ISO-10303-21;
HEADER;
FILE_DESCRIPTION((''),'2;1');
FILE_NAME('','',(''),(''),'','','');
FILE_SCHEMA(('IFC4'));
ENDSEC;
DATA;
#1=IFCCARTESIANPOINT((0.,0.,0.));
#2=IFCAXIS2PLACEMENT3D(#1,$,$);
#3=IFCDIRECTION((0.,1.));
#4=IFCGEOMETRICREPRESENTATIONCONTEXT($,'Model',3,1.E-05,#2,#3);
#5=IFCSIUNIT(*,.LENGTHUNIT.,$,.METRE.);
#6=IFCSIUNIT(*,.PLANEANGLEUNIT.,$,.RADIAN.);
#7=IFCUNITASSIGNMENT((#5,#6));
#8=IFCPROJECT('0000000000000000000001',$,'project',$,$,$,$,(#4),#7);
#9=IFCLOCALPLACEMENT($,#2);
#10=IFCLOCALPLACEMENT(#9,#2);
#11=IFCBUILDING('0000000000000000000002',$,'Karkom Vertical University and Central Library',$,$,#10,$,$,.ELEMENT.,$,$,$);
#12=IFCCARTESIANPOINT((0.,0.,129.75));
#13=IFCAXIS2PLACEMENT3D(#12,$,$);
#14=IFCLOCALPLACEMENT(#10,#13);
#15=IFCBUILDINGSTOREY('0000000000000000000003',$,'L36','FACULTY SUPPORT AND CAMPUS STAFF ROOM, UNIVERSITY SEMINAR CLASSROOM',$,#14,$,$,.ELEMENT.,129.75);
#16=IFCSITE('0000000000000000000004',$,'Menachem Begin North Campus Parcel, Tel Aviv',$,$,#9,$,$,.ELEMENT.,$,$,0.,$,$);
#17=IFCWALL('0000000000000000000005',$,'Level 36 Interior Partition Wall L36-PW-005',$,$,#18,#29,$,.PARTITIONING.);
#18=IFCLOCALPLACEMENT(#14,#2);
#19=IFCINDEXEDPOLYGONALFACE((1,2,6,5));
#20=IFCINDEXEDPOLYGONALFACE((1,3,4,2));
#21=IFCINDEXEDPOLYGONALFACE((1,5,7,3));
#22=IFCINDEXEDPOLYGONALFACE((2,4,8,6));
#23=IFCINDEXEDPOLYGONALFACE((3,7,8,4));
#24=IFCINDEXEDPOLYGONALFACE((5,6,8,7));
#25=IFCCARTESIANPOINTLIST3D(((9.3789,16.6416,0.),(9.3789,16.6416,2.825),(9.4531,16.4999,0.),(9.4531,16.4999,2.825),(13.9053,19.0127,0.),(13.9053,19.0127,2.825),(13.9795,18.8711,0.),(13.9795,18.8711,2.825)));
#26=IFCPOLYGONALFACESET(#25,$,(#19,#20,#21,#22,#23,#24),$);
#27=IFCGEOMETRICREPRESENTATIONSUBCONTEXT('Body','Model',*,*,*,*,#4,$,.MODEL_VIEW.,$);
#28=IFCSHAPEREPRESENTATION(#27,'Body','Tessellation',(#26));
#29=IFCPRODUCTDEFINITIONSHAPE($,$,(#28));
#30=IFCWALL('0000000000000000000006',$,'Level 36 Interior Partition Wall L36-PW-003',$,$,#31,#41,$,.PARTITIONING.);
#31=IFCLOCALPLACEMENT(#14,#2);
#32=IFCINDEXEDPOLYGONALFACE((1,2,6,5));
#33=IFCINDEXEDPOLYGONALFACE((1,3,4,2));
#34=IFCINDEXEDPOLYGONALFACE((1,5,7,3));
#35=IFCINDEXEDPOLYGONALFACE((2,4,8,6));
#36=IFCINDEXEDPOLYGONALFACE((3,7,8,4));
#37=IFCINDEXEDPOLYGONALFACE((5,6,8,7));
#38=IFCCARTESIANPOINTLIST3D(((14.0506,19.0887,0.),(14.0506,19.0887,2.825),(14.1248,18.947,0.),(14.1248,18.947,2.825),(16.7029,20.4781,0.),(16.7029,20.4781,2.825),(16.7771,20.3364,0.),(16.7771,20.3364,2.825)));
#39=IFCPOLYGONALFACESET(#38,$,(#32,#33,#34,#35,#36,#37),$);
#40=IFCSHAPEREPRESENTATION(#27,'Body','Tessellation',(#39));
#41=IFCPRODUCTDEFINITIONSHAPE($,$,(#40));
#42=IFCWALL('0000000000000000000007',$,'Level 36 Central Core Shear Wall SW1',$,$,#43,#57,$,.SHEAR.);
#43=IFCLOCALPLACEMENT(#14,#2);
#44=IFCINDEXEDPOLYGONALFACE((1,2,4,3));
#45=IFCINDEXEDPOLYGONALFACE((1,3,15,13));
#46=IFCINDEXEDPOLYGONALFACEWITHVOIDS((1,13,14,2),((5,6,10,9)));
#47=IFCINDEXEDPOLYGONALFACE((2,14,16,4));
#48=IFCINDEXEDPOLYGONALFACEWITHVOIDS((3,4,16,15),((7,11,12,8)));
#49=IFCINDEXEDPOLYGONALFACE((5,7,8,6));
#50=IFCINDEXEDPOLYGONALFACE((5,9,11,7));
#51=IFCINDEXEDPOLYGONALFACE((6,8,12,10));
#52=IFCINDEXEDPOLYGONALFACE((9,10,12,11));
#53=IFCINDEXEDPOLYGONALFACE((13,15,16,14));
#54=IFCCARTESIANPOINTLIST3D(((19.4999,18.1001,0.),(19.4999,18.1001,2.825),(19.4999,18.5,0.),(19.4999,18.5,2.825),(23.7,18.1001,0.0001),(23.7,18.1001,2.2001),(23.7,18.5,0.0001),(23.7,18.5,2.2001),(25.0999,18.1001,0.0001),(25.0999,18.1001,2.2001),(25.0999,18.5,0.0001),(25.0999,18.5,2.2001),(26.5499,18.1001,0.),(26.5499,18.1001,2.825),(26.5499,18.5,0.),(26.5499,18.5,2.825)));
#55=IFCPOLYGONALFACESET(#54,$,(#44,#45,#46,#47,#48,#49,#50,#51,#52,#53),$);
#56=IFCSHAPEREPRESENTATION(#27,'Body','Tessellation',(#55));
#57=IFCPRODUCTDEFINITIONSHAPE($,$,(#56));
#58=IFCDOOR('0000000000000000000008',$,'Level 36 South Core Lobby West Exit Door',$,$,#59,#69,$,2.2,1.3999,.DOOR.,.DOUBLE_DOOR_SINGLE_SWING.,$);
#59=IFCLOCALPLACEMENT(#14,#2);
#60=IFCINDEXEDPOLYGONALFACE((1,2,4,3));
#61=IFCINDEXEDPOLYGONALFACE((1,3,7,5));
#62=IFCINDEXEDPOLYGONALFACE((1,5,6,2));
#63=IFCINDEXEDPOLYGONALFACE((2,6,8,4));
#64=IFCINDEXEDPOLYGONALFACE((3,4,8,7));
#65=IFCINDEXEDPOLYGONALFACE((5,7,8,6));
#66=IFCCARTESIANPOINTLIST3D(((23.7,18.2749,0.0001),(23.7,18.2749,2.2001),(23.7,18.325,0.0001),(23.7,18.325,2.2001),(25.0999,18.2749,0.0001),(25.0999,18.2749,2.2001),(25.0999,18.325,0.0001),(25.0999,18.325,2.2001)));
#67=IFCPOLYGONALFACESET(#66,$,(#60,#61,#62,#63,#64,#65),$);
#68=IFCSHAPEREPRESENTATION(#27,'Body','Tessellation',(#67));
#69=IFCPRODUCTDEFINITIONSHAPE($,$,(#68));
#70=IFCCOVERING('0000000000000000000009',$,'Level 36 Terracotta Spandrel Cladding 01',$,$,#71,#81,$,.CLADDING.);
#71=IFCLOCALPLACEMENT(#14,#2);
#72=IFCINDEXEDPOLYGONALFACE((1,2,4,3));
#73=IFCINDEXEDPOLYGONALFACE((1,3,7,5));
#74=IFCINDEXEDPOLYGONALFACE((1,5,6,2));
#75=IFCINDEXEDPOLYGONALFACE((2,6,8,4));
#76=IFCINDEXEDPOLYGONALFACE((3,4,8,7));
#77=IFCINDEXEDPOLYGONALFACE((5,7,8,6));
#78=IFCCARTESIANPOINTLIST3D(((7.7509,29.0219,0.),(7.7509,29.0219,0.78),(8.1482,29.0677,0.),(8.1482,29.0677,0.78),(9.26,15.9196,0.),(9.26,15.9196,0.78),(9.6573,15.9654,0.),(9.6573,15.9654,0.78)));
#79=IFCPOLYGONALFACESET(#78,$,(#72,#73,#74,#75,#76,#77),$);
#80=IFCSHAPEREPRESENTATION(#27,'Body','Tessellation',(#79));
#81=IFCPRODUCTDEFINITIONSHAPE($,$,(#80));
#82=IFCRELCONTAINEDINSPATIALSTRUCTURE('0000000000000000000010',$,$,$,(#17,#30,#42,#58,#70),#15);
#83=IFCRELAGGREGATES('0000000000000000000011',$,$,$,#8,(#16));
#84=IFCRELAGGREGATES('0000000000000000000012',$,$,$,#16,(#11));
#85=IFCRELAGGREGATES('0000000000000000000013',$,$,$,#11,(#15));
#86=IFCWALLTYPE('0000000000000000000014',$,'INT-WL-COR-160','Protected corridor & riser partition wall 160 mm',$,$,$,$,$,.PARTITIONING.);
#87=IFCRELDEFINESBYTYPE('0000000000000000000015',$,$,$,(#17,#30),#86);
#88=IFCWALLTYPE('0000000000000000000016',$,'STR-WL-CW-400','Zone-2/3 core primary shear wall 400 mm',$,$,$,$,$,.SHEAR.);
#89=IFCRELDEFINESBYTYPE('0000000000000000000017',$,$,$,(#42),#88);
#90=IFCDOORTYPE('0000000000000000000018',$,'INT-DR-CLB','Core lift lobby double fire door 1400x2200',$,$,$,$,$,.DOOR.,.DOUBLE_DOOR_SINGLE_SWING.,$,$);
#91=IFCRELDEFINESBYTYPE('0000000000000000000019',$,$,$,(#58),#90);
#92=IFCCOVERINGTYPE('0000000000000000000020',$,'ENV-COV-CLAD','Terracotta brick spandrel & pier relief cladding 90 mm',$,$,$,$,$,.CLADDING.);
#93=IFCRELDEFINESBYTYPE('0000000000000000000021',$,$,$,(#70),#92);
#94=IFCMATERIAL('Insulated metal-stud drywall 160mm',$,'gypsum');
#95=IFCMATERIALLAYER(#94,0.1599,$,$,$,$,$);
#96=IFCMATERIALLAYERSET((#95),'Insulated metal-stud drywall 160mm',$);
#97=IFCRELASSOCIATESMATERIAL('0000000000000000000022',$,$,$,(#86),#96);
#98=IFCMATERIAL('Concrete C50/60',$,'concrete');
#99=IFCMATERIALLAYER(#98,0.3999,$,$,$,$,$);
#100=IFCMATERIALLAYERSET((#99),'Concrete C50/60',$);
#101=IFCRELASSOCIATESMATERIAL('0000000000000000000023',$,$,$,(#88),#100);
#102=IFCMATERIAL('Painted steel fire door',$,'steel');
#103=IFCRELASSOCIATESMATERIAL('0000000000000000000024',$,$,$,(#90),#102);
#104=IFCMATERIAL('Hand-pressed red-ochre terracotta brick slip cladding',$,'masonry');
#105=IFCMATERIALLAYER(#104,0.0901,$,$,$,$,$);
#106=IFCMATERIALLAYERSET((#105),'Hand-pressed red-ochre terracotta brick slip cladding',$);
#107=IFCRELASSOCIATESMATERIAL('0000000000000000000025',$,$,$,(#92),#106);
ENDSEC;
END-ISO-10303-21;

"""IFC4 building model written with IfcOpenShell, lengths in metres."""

from ifc_helpers import new_model, si_unit, direction, frame, frame_2d, origin, origin_with_axes, origin_2d, place, context, subcontext, project, spatial, rectangle, extrude, source, transform, mapped, material, layer, layer_set, type_object, element, fill, save


model = new_model("IFC4")

# Units and contexts
model_context = context("Model", 3, precision=1e-05, world=origin(), true_north=direction((0.0, 1.0)))
body_context = subcontext(model_context, "Body", "Model", "MODEL_VIEW")
ifc_project = project(units=[si_unit("LENGTHUNIT", "METRE"), si_unit("PLANEANGLEUNIT", "RADIAN")], contexts=[model_context])

# Site, building, storey
site_placement = place(None, origin())
site = spatial("IfcSite", under=ifc_project, at=site_placement, Name="Menachem Begin North Campus Parcel, Tel Aviv", CompositionType="ELEMENT", RefElevation=0.0)
building_placement = place(site_placement, origin())
building = spatial("IfcBuilding", under=site, at=building_placement, Name="Karkom Vertical University and Central Library", CompositionType="ELEMENT")
storey_placement = place(building_placement, frame((0.0, 0.0, 129.75)))
storey = spatial("IfcBuildingStorey", under=building, at=storey_placement, Name="L36", Description="FACULTY SUPPORT AND CAMPUS STAFF ROOM, UNIVERSITY SEMINAR CLASSROOM", CompositionType="ELEMENT", Elevation=129.75)

# Shared definitions
ifc_material_1 = material(Name="Insulated metal-stud drywall 160mm", Category="gypsum")
ifc_layer_1 = layer(ifc_material_1, 0.1599)
ifc_layer_set_1 = layer_set([ifc_layer_1], Name="Insulated metal-stud drywall 160mm")
wall_type_1 = type_object("IfcWallType", Name="INT-WL-COR-160", Description="Protected corridor & riser partition wall 160 mm", PredefinedType="PARTITIONING", material=ifc_layer_set_1)

# Walls
wall_1_placement = place(storey_placement, frame((13.9424, 18.9419, 0.0), z_axis=(0.0, 0.0, 1.0), x_axis=(-0.88582, -0.464028, 0.0)))
element("IfcWall", 1, at=wall_1_placement, inside=storey, type_object=wall_type_1, Name="Level 36 Interior Partition Wall L36-PW-005", PredefinedType="PARTITIONING", context=body_context, shape_type="SweptSolid", body=[
    extrude(rectangle(XDim=5.1099, YDim=0.1599, at=frame_2d((2.5549, 0.0))), origin(), (0.0, 0.0, 1.0), 2.825),
])
wall_2_placement = place(storey_placement, frame((16.74, 20.4072, 0.0), z_axis=(0.0, 0.0, 1.0), x_axis=(-0.88582, -0.464028, 0.0)))
element("IfcWall", 2, at=wall_2_placement, inside=storey, type_object=wall_type_1, Name="Level 36 Interior Partition Wall L36-PW-003", PredefinedType="PARTITIONING", context=body_context, shape_type="SweptSolid", body=[
    extrude(rectangle(XDim=2.9941, YDim=0.1599, at=frame_2d((1.4971, 0.0))), origin(), (0.0, 0.0, 1.0), 2.825),
])

# Wall, opening, door
ifc_material_2 = material(Name="Concrete C50/60", Category="concrete")
ifc_layer_2 = layer(ifc_material_2, 0.3999)
ifc_layer_set_2 = layer_set([ifc_layer_2], Name="Concrete C50/60")
wall_type_2 = type_object("IfcWallType", Name="STR-WL-CW-400", Description="Zone-2/3 core primary shear wall 400 mm", PredefinedType="SHEAR", material=ifc_layer_set_2)
wall_3_placement = place(storey_placement, frame((19.5, 18.3, 0.0), z_axis=(0.0, 0.0, 1.0), x_axis=(1.0, 0.0, 0.0)))
wall_3 = element("IfcWall", 3, at=wall_3_placement, inside=storey, type_object=wall_type_2, Name="Level 36 Central Core Shear Wall SW1", PredefinedType="SHEAR", context=body_context, shape_type="SweptSolid", body=[
    extrude(rectangle(XDim=7.05, YDim=0.3999, at=frame_2d((3.5249, 0.0))), origin(), (0.0, 0.0, 1.0), 2.825),
])
opening_1_placement = place(wall_3_placement, frame((4.2, 0.0, 0.0)))
opening_1 = element("IfcOpeningElement", 4, at=opening_1_placement, cuts=wall_3, PredefinedType="OPENING", context=body_context, shape_type="SweptSolid", body=[
    extrude(rectangle(XDim=1.3999, YDim=2.2, at=frame_2d((0.7, 1.1001))), frame((0.0, 0.21, 0.0), z_axis=(0.0, -1.0, 0.0), x_axis=(1.0, 0.0, 0.0)), (0.0, 0.0, 1.0), 0.4199),
])
ifc_material_3 = material(Name="Painted steel fire door", Category="steel")
door_type_1 = type_object("IfcDoorType", Name="INT-DR-CLB", Description="Core lift lobby double fire door 1400x2200", OperationType="DOUBLE_DOOR_SINGLE_SWING", PredefinedType="DOOR", material=ifc_material_3)
shared_shape_1 = source(origin_with_axes(), body_context, "Body", "SweptSolid", [
    extrude(rectangle(XDim=1.3999, YDim=2.2, at=frame_2d((0.7, 1.1001))), frame((0.0, 0.0249, 0.0), z_axis=(0.0, -1.0, 0.0), x_axis=(1.0, 0.0, 0.0)), (0.0, 0.0, 1.0), 0.05),
])
door_1_placement = place(opening_1_placement, origin())
door_1 = element("IfcDoor", 5, at=door_1_placement, inside=storey, type_object=door_type_1, Name="Level 36 South Core Lobby West Exit Door", OperationType="DOUBLE_DOOR_SINGLE_SWING", OverallHeight=2.2, OverallWidth=1.3999, PredefinedType="DOOR", context=body_context, shape_type="MappedRepresentation", body=[
    mapped(shared_shape_1, transform((0.0, 0.0, 0.0), scale=1.0)),
])
fill(opening_1, door_1)

# Covering
ifc_material_4 = material(Name="Hand-pressed red-ochre terracotta brick slip cladding", Category="masonry")
ifc_layer_3 = layer(ifc_material_4, 0.0901)
ifc_layer_set_3 = layer_set([ifc_layer_3], Name="Hand-pressed red-ochre terracotta brick slip cladding")
covering_type = type_object("IfcCoveringType", Name="ENV-COV-CLAD", Description="Terracotta brick spandrel & pier relief cladding 90 mm", PredefinedType="CLADDING", material=ifc_layer_set_3)
shared_shape_2 = source(origin_with_axes(), body_context, "Body", "SweptSolid", [
    extrude(rectangle(XDim=13.189, YDim=0.3999, at=origin_2d()), origin(), (0.0, 0.0, 1.0), 0.78),
])
covering_placement = place(storey_placement, frame((8.7041, 22.4937, 0.0), z_axis=(0.0, 0.0, 1.0), x_axis=(0.114417, -0.993433, 0.0)))
element("IfcCovering", 6, at=covering_placement, inside=storey, type_object=covering_type, Name="Level 36 Terracotta Spandrel Cladding 01", PredefinedType="CLADDING", context=body_context, shape_type="MappedRepresentation", body=[
    mapped(shared_shape_2, transform((0.0, 0.0, 0.0), scale=1.0)),
])

save(model, "model.ifc")
